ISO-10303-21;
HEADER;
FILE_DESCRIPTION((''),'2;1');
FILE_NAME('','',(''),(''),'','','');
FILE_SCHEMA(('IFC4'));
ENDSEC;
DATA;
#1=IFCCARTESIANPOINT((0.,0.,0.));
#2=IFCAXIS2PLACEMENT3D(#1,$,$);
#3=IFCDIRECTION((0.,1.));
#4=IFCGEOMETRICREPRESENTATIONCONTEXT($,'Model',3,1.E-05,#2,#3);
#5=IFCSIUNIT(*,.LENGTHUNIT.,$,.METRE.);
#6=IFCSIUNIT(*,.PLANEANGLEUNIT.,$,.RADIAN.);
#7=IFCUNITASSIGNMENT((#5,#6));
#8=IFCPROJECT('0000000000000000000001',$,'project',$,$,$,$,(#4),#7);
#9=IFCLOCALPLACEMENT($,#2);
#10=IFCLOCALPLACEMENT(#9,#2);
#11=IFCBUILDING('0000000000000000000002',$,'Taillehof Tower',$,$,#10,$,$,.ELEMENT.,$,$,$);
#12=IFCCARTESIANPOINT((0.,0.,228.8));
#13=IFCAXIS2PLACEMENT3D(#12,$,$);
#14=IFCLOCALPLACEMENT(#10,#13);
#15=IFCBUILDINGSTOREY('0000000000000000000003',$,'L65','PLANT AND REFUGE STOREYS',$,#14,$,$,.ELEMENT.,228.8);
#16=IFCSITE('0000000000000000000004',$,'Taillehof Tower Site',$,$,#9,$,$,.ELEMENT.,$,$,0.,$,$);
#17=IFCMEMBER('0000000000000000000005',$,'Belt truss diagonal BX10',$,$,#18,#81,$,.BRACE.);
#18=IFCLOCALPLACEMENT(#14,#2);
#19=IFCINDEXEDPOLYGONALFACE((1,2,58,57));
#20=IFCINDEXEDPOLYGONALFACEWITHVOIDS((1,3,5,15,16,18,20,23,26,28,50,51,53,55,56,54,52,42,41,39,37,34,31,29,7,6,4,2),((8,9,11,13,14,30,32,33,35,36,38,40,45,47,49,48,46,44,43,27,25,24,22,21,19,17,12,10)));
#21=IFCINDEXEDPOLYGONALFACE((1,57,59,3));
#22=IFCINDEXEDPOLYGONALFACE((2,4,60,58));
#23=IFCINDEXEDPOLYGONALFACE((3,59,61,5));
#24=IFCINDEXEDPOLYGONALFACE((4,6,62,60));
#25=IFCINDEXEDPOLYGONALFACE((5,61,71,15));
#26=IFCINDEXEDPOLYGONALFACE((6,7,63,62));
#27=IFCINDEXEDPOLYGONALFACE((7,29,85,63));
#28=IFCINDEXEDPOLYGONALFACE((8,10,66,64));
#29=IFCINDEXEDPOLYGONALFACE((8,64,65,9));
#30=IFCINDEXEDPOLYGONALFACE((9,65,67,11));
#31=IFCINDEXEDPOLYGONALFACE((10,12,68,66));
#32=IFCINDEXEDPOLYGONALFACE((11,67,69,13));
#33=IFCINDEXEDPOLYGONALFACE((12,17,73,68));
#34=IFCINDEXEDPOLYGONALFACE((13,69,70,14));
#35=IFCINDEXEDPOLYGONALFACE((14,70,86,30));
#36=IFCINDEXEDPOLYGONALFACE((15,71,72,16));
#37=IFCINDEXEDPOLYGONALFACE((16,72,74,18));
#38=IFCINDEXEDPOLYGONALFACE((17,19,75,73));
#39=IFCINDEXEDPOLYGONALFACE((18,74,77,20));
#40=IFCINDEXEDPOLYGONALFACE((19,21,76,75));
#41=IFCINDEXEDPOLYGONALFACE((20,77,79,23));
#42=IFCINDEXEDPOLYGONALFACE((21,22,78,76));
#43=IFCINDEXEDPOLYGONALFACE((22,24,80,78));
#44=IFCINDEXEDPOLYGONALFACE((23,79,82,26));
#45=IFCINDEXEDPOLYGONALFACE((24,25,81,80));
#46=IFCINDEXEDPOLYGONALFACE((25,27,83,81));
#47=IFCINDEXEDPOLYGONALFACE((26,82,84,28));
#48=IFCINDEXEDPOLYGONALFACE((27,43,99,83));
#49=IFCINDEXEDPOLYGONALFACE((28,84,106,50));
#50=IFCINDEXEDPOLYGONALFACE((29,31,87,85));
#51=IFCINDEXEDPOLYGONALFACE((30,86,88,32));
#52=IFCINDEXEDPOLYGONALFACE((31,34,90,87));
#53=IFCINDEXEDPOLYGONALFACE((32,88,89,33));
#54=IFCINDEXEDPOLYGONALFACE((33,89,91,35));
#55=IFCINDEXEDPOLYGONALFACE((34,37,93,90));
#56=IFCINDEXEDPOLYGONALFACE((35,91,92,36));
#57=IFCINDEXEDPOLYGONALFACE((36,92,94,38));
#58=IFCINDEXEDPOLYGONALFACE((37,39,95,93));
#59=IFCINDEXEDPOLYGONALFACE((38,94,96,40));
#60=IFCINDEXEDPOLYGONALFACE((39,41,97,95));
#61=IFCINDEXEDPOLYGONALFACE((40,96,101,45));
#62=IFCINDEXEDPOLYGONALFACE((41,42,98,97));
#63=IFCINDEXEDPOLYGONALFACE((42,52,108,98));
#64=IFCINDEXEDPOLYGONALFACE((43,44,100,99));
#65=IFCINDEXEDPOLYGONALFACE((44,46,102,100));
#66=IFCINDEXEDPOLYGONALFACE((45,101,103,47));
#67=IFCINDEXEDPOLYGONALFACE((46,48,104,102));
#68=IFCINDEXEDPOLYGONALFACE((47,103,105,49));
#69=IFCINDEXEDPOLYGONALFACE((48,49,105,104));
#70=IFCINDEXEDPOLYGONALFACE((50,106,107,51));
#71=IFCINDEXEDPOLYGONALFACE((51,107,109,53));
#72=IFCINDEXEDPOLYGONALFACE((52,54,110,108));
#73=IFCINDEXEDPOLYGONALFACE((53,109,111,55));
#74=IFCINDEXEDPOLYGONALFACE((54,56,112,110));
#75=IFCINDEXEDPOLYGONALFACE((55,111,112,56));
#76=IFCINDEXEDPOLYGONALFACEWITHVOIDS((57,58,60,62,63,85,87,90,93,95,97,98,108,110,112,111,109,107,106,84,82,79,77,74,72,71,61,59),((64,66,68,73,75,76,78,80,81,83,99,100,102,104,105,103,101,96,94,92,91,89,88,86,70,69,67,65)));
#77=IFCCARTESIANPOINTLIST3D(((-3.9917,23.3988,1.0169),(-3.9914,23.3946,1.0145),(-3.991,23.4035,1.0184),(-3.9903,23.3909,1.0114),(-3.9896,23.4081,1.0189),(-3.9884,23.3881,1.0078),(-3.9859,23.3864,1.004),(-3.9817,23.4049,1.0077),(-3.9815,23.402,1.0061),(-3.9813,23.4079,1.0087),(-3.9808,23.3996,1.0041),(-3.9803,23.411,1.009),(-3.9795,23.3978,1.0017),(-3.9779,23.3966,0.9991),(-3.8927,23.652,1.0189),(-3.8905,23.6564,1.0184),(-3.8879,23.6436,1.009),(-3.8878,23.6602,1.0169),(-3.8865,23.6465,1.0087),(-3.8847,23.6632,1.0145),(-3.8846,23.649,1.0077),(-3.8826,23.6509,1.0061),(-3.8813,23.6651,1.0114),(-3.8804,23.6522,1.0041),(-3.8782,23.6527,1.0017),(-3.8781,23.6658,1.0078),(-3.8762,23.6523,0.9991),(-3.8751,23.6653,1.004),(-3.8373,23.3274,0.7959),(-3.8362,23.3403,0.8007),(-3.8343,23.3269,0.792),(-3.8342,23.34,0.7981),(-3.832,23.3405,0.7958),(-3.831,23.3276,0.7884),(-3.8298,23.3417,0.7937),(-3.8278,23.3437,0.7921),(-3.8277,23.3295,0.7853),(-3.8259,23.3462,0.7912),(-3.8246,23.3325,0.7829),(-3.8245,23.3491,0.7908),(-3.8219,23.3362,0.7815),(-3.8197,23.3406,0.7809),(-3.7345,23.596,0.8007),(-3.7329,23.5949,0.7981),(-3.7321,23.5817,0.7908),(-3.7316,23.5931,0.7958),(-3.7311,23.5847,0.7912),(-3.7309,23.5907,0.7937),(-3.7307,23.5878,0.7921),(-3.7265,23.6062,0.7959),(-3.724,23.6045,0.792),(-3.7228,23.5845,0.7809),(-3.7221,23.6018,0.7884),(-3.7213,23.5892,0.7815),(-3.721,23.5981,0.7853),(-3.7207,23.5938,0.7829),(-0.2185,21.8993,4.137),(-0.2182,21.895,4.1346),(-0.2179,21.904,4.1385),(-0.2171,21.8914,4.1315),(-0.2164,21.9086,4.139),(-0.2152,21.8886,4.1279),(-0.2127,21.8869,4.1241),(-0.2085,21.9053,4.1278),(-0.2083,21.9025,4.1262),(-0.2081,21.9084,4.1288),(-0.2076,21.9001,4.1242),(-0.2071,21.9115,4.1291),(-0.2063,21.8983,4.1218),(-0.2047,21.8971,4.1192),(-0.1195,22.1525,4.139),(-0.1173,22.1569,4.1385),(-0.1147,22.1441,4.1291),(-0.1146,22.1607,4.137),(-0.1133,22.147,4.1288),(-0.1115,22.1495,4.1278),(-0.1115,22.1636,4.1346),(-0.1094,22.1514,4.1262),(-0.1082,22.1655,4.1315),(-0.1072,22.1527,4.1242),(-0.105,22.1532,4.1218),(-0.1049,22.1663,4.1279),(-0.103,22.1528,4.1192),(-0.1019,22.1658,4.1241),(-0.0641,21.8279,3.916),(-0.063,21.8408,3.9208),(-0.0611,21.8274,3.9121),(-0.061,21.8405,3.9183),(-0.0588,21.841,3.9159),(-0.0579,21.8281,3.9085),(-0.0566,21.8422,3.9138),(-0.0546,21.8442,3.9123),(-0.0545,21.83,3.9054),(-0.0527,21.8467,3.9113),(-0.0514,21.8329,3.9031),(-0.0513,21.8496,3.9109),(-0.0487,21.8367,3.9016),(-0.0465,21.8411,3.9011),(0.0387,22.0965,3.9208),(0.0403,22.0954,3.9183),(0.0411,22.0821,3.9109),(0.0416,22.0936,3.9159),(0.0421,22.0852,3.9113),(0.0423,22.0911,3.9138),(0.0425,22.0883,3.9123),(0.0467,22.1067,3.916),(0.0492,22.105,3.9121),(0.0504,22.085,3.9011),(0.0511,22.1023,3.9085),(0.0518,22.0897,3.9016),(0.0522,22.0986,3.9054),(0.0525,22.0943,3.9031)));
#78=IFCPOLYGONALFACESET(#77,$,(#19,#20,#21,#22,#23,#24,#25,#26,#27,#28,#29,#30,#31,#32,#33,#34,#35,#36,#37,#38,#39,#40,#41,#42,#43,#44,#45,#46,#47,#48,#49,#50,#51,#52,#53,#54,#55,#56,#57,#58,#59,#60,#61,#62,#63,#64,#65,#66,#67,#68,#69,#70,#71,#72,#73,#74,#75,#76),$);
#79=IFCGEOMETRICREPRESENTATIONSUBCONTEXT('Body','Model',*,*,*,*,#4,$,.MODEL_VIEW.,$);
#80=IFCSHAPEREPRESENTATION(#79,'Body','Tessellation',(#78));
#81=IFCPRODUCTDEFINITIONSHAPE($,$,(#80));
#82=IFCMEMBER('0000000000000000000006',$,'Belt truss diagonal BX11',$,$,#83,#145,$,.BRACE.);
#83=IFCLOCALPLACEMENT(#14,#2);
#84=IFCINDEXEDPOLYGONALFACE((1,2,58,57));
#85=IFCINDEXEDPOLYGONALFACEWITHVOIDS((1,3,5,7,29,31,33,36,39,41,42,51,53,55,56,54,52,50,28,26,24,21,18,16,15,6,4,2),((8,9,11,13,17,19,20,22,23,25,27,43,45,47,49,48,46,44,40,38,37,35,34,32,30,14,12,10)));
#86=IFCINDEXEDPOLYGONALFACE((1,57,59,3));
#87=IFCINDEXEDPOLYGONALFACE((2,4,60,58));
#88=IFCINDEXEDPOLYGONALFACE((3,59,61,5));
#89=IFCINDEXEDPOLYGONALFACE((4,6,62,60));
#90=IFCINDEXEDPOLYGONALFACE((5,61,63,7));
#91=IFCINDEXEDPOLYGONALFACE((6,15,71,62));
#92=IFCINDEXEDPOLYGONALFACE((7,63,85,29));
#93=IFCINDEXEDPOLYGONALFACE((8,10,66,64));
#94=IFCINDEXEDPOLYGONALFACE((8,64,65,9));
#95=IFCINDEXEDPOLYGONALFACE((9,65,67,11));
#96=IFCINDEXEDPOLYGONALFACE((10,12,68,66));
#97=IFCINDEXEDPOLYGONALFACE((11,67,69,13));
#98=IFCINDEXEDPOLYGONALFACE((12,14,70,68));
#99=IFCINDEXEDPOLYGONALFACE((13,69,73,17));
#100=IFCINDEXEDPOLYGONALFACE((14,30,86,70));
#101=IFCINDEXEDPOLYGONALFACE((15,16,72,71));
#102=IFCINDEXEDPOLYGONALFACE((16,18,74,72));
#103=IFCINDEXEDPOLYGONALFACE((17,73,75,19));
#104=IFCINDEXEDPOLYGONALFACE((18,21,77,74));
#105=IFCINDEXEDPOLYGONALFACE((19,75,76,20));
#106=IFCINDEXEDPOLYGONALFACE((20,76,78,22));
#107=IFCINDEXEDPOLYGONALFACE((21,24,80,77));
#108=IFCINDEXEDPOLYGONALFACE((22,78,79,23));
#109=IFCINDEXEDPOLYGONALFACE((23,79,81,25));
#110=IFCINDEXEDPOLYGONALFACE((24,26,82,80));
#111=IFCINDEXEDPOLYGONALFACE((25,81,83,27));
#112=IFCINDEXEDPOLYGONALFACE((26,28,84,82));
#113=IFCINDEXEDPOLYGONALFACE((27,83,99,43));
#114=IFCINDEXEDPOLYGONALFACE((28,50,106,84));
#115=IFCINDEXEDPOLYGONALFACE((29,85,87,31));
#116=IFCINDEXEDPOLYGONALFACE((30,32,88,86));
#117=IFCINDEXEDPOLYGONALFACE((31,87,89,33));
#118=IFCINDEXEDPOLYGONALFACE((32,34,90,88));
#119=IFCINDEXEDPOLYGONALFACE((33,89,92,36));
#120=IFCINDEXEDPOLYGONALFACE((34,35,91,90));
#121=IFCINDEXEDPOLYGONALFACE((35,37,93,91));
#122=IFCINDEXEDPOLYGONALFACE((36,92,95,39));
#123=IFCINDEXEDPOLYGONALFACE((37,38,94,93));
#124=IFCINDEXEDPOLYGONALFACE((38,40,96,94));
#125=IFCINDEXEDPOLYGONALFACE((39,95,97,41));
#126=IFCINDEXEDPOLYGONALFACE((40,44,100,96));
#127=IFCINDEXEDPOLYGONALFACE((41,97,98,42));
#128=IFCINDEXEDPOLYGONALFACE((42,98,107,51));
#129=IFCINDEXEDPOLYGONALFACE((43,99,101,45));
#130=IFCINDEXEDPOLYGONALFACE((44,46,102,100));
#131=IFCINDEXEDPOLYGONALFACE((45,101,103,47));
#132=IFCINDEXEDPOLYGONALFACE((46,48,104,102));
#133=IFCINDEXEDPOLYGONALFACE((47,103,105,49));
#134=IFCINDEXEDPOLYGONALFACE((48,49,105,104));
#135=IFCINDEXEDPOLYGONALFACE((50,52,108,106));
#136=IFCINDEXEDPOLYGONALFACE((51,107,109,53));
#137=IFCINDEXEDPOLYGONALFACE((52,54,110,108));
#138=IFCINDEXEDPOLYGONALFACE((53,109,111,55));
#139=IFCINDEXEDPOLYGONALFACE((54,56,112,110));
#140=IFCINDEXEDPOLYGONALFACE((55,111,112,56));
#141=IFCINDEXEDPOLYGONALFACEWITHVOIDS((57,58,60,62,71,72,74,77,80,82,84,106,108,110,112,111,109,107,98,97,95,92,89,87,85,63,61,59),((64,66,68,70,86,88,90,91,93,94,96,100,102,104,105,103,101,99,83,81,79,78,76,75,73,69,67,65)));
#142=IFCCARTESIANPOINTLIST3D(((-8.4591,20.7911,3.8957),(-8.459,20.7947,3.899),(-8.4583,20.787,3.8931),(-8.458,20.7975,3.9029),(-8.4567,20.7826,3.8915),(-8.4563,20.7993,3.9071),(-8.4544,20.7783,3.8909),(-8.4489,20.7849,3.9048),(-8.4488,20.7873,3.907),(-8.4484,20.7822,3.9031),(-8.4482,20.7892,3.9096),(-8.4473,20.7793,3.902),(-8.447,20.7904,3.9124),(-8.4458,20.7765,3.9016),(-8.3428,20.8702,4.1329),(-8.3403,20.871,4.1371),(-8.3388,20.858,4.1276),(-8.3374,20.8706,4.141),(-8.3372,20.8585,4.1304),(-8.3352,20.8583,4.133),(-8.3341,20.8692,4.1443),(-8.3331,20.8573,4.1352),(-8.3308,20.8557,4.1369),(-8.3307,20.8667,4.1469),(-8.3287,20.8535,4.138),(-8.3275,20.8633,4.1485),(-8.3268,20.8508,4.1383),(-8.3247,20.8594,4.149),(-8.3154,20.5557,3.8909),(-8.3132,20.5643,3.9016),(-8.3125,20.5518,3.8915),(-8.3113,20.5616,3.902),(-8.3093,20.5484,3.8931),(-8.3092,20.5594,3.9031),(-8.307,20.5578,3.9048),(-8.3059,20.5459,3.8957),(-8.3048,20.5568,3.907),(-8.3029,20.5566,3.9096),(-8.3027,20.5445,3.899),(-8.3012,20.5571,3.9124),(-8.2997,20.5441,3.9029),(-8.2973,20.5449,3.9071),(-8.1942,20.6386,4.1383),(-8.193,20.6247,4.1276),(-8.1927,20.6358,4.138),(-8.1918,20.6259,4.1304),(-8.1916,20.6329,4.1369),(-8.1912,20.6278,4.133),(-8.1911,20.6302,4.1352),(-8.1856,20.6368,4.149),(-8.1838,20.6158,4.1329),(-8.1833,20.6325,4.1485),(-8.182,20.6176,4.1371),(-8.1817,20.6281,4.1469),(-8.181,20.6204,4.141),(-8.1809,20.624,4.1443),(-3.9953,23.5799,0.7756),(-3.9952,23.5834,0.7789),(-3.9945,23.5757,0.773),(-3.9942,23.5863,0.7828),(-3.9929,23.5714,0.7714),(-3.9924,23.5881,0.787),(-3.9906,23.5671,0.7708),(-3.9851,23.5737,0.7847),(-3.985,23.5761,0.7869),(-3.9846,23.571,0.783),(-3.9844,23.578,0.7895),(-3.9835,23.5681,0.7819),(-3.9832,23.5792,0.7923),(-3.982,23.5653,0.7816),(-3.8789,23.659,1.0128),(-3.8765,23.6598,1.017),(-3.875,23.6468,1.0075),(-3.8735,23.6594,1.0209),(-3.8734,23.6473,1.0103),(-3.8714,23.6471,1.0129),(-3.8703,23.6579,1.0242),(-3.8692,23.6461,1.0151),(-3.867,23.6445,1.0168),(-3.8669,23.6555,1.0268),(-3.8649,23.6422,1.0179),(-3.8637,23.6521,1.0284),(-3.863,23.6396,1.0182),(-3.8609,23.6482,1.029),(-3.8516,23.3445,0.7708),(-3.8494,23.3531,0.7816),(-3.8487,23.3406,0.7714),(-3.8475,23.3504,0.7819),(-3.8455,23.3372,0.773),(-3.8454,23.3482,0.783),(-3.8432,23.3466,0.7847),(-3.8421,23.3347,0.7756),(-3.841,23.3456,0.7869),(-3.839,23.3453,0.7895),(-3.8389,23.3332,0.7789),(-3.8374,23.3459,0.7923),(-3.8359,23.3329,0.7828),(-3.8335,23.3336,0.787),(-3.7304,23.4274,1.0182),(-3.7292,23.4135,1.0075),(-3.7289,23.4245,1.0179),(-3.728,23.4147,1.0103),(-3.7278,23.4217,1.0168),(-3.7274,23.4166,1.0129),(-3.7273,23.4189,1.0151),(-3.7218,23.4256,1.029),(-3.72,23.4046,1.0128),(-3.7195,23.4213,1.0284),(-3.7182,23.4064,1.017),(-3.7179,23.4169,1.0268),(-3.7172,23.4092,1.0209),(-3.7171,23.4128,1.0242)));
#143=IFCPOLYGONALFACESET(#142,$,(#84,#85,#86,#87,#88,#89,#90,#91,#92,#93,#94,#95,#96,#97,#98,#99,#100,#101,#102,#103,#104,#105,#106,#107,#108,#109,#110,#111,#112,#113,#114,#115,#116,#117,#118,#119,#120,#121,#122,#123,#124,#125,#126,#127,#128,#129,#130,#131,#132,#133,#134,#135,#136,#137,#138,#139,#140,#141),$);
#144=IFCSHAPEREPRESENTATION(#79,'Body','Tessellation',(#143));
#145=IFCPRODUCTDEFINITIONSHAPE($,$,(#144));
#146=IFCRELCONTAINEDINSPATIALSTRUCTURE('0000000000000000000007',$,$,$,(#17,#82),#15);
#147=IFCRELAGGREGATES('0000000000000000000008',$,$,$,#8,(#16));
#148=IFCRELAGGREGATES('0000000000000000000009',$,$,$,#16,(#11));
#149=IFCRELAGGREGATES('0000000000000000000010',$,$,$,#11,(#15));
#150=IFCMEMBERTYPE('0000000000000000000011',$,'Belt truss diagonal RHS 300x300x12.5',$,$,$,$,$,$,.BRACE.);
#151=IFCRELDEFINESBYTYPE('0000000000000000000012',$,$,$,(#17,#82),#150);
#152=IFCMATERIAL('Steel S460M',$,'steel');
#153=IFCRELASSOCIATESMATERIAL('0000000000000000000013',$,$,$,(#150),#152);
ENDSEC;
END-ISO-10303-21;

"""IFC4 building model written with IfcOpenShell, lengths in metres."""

from ifc_helpers import new_model, si_unit, direction, frame, origin, origin_2d, place, context, subcontext, project, spatial, hollow_rectangle, extrude, material, material_profile, profile_set, type_object, element, save


model = new_model("IFC4")

# Units and contexts
model_context = context("Model", 3, precision=1e-05, world=origin(), true_north=direction((0.0, 1.0)))
body_context = subcontext(model_context, "Body", "Model", "MODEL_VIEW")
ifc_project = project(units=[si_unit("LENGTHUNIT", "METRE"), si_unit("PLANEANGLEUNIT", "RADIAN")], contexts=[model_context])

# Site, building, storey
site_placement = place(None, origin())
site = spatial("IfcSite", under=ifc_project, at=site_placement, Name="Taillehof Tower Site", CompositionType="ELEMENT", RefElevation=0.0)
building_placement = place(site_placement, origin())
building = spatial("IfcBuilding", under=site, at=building_placement, Name="Taillehof Tower", CompositionType="ELEMENT")
storey_placement = place(building_placement, frame((0.0, 0.0, 228.8)))
storey = spatial("IfcBuildingStorey", under=building, at=storey_placement, Name="L65", Description="PLANT AND REFUGE STOREYS", CompositionType="ELEMENT", Elevation=228.8)

# Members
ifc_material_1 = material(Name="Steel S460M", Category="steel")
ifc_material_profile_1 = material_profile(ifc_material_1, hollow_rectangle(XDim=0.3, YDim=0.3, WallThickness=0.0125, InnerFilletRadius=0.0125, OuterFilletRadius=0.0188, at=origin_2d()), Name="RHS 300x300x12.5")
ifc_profile_set_1 = profile_set([ifc_material_profile_1], Name="Steel S460M")
member_type_1 = type_object("IfcMemberType", Name="Belt truss diagonal RHS 300x300x12.5", PredefinedType="BRACE", material=ifc_profile_set_1)
member_1_placement = place(storey_placement, frame((-0.083, 21.9968, 4.02), z_axis=(-0.736864, 0.292838, -0.609325), x_axis=(-0.369316, -0.929304, 0.0)))
element("IfcMember", 1, at=member_1_placement, inside=storey, type_object=member_type_1, Name="Belt truss diagonal BX10", PredefinedType="BRACE", context=body_context, shape_type="SweptSolid", body=[
    extrude(hollow_rectangle(XDim=0.3, YDim=0.3, WallThickness=0.0125, InnerFilletRadius=0.0125, OuterFilletRadius=0.0188, at=origin_2d()), origin(), (0.0, 0.0, 1.0), 5.1206),
])
member_2_placement = place(storey_placement, frame((-3.8562, 23.4963, 0.8999), z_axis=(-0.729543, -0.455785, 0.50993), x_axis=(0.529849, -0.848092, 0.0)))
element("IfcMember", 2, at=member_2_placement, inside=storey, type_object=member_type_1, Name="Belt truss diagonal BX11", PredefinedType="BRACE", context=body_context, shape_type="SweptSolid", body=[
    extrude(hollow_rectangle(XDim=0.3, YDim=0.3, WallThickness=0.0125, InnerFilletRadius=0.0125, OuterFilletRadius=0.0188, at=origin_2d()), origin(), (0.0, 0.0, 1.0), 6.1187),
])

save(model, "model.ifc")
